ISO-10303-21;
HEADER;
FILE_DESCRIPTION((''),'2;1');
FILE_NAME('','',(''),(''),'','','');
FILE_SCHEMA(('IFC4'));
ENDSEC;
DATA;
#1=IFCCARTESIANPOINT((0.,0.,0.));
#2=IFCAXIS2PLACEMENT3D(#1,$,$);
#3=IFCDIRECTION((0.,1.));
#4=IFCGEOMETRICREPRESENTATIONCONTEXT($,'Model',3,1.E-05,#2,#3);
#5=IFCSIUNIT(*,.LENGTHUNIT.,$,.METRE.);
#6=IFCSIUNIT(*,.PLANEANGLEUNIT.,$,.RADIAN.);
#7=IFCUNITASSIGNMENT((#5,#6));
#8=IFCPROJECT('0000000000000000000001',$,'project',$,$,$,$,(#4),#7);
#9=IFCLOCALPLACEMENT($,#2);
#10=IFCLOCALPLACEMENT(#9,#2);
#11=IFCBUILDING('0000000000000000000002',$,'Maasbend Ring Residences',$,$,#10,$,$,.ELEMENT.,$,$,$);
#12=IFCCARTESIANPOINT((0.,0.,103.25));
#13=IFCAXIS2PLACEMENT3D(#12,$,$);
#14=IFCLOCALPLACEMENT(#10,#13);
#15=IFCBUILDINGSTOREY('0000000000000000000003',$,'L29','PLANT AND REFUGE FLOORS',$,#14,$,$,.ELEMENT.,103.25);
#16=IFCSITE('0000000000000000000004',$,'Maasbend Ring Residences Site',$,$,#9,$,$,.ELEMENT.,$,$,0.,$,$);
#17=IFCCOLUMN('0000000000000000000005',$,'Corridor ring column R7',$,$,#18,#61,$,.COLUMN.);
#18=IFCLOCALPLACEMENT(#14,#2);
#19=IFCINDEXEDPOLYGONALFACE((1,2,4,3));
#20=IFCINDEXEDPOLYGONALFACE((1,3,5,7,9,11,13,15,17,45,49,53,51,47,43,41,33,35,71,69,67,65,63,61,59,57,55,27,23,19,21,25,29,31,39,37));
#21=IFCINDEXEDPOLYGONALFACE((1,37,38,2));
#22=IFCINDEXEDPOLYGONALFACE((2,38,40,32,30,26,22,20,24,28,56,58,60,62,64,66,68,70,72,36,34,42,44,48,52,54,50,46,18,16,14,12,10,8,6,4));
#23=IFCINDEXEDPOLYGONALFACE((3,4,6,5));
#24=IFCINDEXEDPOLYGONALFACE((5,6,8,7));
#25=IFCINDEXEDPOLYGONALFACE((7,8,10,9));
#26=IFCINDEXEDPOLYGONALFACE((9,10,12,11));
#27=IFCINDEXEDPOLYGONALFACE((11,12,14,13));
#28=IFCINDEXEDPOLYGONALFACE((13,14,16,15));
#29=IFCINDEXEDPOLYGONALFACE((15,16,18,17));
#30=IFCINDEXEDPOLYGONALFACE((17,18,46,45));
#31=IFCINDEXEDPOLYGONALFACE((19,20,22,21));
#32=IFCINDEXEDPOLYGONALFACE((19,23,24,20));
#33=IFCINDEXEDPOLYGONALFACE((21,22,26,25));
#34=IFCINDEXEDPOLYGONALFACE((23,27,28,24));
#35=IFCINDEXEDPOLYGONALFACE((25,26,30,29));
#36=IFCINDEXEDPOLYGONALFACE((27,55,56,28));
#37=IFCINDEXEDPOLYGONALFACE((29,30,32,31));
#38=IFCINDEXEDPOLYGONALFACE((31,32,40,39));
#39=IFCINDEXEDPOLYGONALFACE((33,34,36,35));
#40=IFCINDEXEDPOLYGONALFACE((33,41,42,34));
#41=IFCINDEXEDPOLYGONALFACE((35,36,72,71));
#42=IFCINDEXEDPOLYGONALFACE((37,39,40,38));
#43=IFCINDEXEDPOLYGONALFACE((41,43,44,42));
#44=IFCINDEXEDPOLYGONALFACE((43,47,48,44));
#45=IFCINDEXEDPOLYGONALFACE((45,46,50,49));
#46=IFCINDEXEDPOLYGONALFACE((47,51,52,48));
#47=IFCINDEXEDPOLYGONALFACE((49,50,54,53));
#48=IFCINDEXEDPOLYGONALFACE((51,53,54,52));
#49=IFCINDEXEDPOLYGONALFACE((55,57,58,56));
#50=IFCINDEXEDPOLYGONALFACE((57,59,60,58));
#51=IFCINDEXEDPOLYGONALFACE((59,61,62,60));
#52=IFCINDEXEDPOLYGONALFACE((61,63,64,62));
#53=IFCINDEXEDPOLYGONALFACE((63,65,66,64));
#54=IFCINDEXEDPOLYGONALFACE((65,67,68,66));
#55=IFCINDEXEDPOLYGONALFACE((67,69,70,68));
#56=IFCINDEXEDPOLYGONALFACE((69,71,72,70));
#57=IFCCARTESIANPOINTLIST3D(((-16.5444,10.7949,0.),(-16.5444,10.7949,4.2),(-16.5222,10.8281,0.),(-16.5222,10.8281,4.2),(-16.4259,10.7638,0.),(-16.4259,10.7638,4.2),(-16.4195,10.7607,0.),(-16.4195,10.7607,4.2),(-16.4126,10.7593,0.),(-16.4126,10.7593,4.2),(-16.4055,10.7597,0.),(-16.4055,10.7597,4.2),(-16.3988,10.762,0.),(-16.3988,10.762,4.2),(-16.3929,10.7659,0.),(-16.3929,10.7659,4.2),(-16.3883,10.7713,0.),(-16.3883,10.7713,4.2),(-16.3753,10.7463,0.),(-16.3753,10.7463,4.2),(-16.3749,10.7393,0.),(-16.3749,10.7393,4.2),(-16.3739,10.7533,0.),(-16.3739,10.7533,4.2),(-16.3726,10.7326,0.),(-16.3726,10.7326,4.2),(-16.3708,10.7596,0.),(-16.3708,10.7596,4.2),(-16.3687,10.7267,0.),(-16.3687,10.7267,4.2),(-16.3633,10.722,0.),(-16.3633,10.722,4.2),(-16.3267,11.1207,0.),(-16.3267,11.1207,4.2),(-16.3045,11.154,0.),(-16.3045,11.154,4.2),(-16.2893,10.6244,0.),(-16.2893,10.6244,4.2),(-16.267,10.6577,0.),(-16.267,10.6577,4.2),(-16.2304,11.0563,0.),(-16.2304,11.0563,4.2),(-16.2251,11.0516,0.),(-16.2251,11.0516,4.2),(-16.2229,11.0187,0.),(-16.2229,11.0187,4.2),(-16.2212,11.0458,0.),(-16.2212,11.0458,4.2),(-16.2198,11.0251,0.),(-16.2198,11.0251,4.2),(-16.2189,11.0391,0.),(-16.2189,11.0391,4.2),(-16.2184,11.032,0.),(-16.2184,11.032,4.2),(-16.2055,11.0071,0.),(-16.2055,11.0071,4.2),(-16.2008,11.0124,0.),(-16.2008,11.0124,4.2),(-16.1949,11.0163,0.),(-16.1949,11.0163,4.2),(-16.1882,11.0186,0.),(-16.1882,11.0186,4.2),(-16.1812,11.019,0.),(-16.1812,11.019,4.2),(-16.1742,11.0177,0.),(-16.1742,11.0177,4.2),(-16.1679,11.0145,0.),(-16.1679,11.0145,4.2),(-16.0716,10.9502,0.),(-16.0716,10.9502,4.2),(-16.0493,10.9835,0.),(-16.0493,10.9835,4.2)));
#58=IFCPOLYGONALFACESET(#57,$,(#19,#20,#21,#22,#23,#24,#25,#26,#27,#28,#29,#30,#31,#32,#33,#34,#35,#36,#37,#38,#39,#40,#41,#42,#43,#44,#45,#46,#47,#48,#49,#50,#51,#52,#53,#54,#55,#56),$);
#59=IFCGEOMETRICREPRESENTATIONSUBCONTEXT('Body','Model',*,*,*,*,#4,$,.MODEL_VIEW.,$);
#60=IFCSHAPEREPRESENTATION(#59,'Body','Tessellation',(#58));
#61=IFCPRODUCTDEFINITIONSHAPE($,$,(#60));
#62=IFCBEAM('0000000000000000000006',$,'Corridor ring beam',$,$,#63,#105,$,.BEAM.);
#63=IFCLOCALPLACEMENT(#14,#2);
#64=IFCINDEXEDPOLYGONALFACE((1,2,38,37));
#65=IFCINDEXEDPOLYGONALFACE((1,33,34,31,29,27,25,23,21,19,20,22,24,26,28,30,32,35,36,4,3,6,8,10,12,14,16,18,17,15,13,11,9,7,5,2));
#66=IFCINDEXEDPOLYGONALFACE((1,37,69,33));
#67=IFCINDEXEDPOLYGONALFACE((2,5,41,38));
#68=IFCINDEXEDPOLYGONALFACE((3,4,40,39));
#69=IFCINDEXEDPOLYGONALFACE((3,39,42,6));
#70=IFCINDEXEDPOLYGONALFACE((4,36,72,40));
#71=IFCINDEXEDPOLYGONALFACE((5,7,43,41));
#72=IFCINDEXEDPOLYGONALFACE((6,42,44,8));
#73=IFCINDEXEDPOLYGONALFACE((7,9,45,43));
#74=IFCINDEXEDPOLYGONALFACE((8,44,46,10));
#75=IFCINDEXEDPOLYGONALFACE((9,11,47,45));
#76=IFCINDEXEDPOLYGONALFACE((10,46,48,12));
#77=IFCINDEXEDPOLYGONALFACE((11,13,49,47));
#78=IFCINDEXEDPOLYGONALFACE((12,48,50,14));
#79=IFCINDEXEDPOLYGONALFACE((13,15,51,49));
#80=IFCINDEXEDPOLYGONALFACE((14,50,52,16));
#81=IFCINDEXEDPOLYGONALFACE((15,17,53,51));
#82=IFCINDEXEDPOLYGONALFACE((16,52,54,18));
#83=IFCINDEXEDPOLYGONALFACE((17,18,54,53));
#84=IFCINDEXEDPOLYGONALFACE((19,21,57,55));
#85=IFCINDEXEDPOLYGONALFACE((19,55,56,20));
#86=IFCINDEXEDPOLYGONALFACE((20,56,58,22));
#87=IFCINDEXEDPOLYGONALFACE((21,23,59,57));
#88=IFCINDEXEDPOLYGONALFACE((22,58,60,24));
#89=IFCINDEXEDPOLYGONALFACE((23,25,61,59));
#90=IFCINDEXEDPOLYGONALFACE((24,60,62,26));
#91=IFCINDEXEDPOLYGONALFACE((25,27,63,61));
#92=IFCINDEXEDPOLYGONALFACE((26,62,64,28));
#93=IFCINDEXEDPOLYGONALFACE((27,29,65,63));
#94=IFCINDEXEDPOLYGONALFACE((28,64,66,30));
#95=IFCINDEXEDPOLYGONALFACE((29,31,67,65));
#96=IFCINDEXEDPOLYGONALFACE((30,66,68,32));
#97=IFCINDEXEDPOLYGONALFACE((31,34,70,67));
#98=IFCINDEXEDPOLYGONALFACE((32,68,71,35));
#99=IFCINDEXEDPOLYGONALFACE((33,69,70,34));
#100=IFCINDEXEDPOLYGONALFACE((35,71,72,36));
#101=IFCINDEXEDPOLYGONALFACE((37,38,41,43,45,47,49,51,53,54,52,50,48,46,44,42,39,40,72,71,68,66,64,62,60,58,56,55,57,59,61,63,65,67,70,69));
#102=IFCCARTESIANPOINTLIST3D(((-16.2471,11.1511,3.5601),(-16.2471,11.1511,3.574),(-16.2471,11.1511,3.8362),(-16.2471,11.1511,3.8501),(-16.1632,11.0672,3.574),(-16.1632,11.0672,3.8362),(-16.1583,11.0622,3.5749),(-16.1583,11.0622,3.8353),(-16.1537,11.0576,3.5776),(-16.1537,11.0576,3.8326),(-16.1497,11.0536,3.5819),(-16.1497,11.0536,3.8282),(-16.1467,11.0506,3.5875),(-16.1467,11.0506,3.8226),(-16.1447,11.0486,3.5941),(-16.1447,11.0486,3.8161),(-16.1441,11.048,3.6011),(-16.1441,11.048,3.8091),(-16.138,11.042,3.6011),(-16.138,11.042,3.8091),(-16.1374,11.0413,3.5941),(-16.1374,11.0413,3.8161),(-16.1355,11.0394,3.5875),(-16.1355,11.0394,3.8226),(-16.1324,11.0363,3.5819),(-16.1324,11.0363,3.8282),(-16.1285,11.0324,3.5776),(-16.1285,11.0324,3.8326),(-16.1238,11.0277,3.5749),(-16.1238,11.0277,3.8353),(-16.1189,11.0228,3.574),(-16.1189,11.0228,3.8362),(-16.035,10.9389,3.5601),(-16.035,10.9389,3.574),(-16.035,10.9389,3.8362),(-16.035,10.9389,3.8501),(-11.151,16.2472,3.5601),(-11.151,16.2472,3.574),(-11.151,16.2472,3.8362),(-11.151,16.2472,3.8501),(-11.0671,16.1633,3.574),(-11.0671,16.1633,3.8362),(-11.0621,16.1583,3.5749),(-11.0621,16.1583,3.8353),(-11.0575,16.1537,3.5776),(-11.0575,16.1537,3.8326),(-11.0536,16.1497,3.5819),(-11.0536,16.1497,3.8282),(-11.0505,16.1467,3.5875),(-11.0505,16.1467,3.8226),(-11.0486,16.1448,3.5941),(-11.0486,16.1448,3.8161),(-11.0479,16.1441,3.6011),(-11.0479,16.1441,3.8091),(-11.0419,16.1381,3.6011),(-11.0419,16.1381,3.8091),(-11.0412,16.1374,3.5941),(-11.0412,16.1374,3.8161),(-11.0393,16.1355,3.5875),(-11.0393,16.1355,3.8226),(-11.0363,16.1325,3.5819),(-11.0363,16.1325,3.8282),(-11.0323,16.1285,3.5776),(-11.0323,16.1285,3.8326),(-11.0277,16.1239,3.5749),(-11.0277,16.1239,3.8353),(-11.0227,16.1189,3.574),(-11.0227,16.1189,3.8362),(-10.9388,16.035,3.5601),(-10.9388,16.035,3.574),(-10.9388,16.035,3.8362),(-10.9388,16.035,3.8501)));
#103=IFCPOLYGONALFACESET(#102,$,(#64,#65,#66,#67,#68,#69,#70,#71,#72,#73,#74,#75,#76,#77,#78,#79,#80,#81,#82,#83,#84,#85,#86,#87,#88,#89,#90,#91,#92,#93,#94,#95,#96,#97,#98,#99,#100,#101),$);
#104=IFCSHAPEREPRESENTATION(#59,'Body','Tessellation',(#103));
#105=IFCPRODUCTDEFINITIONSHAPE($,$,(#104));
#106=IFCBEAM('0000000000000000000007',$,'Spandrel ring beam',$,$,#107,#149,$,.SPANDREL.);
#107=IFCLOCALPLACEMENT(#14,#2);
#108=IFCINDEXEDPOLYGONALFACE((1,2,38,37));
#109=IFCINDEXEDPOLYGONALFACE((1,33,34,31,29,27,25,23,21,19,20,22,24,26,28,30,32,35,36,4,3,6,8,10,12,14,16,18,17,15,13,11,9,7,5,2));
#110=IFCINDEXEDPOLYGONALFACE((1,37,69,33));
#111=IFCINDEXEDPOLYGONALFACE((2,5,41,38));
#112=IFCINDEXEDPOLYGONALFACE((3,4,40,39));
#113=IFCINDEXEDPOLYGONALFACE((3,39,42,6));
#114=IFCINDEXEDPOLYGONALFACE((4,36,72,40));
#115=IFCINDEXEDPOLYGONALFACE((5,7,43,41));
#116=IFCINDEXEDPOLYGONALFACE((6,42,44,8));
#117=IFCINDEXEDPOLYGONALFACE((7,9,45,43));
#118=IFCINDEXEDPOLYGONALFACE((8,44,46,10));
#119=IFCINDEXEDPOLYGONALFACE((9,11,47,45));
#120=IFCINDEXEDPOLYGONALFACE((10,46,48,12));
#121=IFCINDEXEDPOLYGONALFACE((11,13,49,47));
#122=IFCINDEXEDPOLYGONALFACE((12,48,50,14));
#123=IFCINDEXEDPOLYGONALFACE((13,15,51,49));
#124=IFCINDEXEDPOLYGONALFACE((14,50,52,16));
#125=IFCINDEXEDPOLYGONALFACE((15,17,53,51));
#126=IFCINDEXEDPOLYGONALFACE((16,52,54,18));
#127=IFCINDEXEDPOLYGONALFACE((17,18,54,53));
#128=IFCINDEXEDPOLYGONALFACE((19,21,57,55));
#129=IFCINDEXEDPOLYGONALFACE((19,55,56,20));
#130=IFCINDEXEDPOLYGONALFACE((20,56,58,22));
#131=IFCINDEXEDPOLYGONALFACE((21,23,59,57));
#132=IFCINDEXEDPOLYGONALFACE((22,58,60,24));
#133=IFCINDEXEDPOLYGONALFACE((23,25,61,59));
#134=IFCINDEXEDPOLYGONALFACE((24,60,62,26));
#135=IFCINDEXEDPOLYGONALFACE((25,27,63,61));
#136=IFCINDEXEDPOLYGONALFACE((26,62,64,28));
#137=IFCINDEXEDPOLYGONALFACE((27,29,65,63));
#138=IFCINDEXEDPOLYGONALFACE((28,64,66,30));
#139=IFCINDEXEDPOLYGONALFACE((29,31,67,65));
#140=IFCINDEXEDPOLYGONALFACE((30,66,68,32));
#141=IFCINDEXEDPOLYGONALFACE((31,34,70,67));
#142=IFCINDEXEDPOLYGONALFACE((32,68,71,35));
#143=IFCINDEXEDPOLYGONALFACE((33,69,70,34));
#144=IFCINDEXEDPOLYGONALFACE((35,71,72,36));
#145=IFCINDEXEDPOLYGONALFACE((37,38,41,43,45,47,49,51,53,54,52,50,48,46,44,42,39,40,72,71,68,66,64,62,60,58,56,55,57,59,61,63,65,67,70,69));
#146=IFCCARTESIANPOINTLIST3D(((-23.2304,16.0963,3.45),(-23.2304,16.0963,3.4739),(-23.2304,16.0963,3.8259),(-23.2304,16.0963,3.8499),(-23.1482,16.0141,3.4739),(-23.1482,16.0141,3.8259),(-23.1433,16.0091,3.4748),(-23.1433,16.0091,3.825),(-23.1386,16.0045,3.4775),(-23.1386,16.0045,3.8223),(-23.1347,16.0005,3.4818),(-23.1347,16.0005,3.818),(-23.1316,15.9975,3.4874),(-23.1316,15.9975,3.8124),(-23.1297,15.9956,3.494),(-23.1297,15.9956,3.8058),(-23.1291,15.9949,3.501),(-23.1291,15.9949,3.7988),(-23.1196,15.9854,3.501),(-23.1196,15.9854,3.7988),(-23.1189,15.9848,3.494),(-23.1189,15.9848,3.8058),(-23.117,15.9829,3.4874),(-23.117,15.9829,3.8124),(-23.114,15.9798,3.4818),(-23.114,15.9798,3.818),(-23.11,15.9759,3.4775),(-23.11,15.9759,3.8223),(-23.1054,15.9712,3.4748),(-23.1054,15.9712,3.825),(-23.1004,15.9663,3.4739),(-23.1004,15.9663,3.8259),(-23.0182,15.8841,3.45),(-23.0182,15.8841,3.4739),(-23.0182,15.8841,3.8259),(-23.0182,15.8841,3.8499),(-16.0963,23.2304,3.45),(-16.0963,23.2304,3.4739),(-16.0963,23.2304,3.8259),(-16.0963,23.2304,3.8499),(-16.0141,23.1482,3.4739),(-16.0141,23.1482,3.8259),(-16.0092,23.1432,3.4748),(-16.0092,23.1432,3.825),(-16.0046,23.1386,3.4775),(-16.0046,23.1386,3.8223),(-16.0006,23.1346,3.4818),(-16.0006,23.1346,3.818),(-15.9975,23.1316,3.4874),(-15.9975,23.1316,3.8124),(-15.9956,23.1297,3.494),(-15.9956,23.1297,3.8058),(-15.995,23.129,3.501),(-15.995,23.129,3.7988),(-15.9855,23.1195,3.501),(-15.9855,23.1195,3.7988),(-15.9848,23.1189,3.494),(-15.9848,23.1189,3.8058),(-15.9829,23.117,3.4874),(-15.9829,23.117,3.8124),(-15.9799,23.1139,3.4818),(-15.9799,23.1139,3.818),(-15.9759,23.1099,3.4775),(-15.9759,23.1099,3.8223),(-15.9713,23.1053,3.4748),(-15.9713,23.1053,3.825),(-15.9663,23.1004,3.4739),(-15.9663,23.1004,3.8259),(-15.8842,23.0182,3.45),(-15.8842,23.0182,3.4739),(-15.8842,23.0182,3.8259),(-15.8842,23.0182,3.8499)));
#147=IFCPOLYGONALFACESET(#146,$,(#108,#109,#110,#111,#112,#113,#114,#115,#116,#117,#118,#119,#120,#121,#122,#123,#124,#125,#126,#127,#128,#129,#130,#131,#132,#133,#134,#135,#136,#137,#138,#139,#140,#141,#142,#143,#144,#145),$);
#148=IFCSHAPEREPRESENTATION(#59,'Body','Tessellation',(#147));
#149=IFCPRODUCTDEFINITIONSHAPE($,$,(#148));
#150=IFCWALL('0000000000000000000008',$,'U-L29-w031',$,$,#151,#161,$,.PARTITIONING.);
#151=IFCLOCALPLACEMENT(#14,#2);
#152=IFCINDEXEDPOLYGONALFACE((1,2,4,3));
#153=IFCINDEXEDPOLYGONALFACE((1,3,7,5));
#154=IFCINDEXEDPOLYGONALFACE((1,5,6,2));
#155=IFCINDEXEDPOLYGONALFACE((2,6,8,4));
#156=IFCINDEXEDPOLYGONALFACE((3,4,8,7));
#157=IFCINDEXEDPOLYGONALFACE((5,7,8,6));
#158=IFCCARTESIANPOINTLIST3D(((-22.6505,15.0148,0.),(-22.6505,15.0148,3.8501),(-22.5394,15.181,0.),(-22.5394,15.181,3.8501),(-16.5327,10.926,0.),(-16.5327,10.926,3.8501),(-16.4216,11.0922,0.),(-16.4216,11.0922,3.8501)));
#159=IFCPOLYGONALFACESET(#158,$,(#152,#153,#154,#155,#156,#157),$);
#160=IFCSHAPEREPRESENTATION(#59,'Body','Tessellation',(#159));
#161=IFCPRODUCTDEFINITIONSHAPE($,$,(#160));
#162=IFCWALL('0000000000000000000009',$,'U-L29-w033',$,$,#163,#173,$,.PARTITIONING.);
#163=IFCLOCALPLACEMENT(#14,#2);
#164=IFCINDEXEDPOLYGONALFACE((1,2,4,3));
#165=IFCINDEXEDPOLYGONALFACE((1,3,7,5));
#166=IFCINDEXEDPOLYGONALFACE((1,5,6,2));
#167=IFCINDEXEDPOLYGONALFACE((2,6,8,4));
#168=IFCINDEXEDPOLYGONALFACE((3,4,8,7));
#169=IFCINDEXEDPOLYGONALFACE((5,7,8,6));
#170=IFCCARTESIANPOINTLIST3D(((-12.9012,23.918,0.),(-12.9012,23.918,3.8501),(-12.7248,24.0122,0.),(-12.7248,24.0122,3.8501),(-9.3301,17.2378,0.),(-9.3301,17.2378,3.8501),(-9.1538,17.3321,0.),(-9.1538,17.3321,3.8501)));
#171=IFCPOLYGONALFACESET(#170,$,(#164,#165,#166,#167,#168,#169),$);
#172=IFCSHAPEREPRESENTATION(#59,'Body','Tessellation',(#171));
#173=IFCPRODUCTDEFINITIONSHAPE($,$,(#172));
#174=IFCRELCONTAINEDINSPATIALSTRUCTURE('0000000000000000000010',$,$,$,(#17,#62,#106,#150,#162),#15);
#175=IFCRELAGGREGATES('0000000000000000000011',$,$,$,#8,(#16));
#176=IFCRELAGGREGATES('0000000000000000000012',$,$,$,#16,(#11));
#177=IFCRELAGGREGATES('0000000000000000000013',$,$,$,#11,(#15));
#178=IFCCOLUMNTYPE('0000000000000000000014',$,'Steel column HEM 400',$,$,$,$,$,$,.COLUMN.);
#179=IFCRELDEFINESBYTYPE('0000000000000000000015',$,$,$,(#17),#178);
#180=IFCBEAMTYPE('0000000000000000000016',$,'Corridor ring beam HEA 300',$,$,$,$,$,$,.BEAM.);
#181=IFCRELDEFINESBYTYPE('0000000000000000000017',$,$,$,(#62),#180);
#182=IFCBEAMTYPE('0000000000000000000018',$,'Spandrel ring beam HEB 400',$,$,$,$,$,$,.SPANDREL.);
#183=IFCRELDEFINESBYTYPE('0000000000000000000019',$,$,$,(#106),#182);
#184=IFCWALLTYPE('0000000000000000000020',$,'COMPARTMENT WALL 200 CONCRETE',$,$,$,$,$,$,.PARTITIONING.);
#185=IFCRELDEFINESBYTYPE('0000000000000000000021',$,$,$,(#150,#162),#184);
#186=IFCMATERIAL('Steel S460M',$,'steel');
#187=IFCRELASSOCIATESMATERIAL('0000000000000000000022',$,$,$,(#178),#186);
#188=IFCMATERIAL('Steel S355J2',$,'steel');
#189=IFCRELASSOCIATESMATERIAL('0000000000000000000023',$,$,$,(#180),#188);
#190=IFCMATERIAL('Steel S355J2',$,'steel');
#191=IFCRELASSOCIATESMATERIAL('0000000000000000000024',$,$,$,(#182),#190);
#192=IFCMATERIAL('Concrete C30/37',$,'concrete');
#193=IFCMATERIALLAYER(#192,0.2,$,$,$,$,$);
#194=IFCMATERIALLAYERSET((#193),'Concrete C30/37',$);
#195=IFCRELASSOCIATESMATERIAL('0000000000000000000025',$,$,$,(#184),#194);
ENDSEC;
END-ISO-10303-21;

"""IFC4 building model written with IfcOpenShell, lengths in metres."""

from ifc_helpers import new_model, si_unit, direction, frame, frame_2d, origin, origin_2d, place, context, subcontext, project, spatial, rectangle, i_section, extrude, material, layer, layer_set, material_profile, profile_set, type_object, element, save


model = new_model("IFC4")

# Units and contexts
model_context = context("Model", 3, precision=1e-05, world=origin(), true_north=direction((0.0, 1.0)))
body_context = subcontext(model_context, "Body", "Model", "MODEL_VIEW")
ifc_project = project(units=[si_unit("LENGTHUNIT", "METRE"), si_unit("PLANEANGLEUNIT", "RADIAN")], contexts=[model_context])

# Site, building, storey
site_placement = place(None, origin())
site = spatial("IfcSite", under=ifc_project, at=site_placement, Name="Maasbend Ring Residences Site", CompositionType="ELEMENT", RefElevation=0.0)
building_placement = place(site_placement, origin())
building = spatial("IfcBuilding", under=site, at=building_placement, Name="Maasbend Ring Residences", CompositionType="ELEMENT")
storey_placement = place(building_placement, frame((0.0, 0.0, 103.25)))
storey = spatial("IfcBuildingStorey", under=building, at=storey_placement, Name="L29", Description="PLANT AND REFUGE FLOORS", CompositionType="ELEMENT", Elevation=103.25)

# Column
ifc_material_1 = material(Name="Steel S460M", Category="steel")
ifc_material_profile_1 = material_profile(ifc_material_1, i_section(OverallWidth=0.3069, OverallDepth=0.4319, WebThickness=0.021, FlangeThickness=0.04, FilletRadius=0.0271, at=origin_2d()), Name="HEM 400")
ifc_profile_set_1 = profile_set([ifc_material_profile_1], Name="Steel S460M")
column_type_1 = type_object("IfcColumnType", Name="Steel column HEM 400", PredefinedType="COLUMN", material=ifc_profile_set_1)
column_placement = place(storey_placement, frame((-16.2969, 10.8892, 0.0), z_axis=(0.0, 0.0, 1.0), x_axis=(-0.83147, 0.55557, 0.0)))
element("IfcColumn", 1, at=column_placement, inside=storey, type_object=column_type_1, Name="Corridor ring column R7", PredefinedType="COLUMN", context=body_context, shape_type="SweptSolid", body=[
    extrude(i_section(OverallWidth=0.3069, OverallDepth=0.4319, WebThickness=0.021, FlangeThickness=0.04, FilletRadius=0.0271, at=origin_2d()), origin(), (0.0, 0.0, 1.0), 4.2),
])

# Beams
ifc_material_2 = material(Name="Steel S355J2", Category="steel")
ifc_material_profile_2 = material_profile(ifc_material_2, i_section(OverallWidth=0.3, OverallDepth=0.29, WebThickness=0.0085, FlangeThickness=0.0139, FilletRadius=0.0271, at=origin_2d()), Name="HEA 300")
ifc_profile_set_2 = profile_set([ifc_material_profile_2], Name="Steel S355J2")
beam_type_1 = type_object("IfcBeamType", Name="Corridor ring beam HEA 300", PredefinedType="BEAM", material=ifc_profile_set_2)
beam_1_placement = place(storey_placement, frame((-11.0449, 16.1411, 3.7051), z_axis=(-0.707107, -0.707107, 0.0), x_axis=(0.707107, -0.707107, 0.0)))
element("IfcBeam", 2, at=beam_1_placement, inside=storey, type_object=beam_type_1, Name="Corridor ring beam", PredefinedType="BEAM", context=body_context, shape_type="SweptSolid", body=[
    extrude(i_section(OverallWidth=0.3, OverallDepth=0.29, WebThickness=0.0085, FlangeThickness=0.0139, FilletRadius=0.0271, at=origin_2d()), origin(), (0.0, 0.0, 1.0), 7.207),
])
ifc_material_3 = material(Name="Steel S355J2", Category="steel")
ifc_material_profile_3 = material_profile(ifc_material_3, i_section(OverallWidth=0.3, OverallDepth=0.3999, WebThickness=0.0134, FlangeThickness=0.0239, FilletRadius=0.0271, at=origin_2d()), Name="HEB 400")
ifc_profile_set_3 = profile_set([ifc_material_profile_3], Name="Steel S355J2")
beam_type_2 = type_object("IfcBeamType", Name="Spandrel ring beam HEB 400", PredefinedType="SPANDREL", material=ifc_profile_set_3)
beam_2_placement = place(storey_placement, frame((-15.9902, 23.1243, 3.6499), z_axis=(-0.707107, -0.707107, 0.0), x_axis=(0.707107, -0.707107, 0.0)))
element("IfcBeam", 3, at=beam_2_placement, inside=storey, type_object=beam_type_2, Name="Spandrel ring beam", PredefinedType="SPANDREL", context=body_context, shape_type="SweptSolid", body=[
    extrude(i_section(OverallWidth=0.3, OverallDepth=0.3999, WebThickness=0.0134, FlangeThickness=0.0239, FilletRadius=0.0271, at=origin_2d()), origin(), (0.0, 0.0, 1.0), 10.0891),
])

# Walls
ifc_material_4 = material(Name="Concrete C30/37", Category="concrete")
ifc_layer_1 = layer(ifc_material_4, 0.2)
ifc_layer_set_1 = layer_set([ifc_layer_1], Name="Concrete C30/37")
wall_type_1 = type_object("IfcWallType", Name="COMPARTMENT WALL 200 CONCRETE", PredefinedType="PARTITIONING", material=ifc_layer_set_1)
wall_1_placement = place(storey_placement, frame((-22.595, 15.0979, 0.0), z_axis=(0.0, 0.0, 1.0), x_axis=(0.831407, -0.555665, 0.0)))
element("IfcWall", 4, at=wall_1_placement, inside=storey, type_object=wall_type_1, Name="U-L29-w031", PredefinedType="PARTITIONING", context=body_context, shape_type="SweptSolid", body=[
    extrude(rectangle(XDim=7.3584, YDim=0.2, at=frame_2d((3.6792, 0.0))), origin(), (0.0, 0.0, 1.0), 3.8501),
])
wall_2_placement = place(storey_placement, frame((-12.813, 23.9651, 0.0), z_axis=(0.0, 0.0, 1.0), x_axis=(0.47144, -0.881898, 0.0)))
element("IfcWall", 5, at=wall_2_placement, inside=storey, type_object=wall_type_1, Name="U-L29-w033", PredefinedType="PARTITIONING", context=body_context, shape_type="SweptSolid", body=[
    extrude(rectangle(XDim=7.5747, YDim=0.2, at=frame_2d((3.7874, 0.0))), origin(), (0.0, 0.0, 1.0), 3.8501),
])

save(model, "model.ifc")
